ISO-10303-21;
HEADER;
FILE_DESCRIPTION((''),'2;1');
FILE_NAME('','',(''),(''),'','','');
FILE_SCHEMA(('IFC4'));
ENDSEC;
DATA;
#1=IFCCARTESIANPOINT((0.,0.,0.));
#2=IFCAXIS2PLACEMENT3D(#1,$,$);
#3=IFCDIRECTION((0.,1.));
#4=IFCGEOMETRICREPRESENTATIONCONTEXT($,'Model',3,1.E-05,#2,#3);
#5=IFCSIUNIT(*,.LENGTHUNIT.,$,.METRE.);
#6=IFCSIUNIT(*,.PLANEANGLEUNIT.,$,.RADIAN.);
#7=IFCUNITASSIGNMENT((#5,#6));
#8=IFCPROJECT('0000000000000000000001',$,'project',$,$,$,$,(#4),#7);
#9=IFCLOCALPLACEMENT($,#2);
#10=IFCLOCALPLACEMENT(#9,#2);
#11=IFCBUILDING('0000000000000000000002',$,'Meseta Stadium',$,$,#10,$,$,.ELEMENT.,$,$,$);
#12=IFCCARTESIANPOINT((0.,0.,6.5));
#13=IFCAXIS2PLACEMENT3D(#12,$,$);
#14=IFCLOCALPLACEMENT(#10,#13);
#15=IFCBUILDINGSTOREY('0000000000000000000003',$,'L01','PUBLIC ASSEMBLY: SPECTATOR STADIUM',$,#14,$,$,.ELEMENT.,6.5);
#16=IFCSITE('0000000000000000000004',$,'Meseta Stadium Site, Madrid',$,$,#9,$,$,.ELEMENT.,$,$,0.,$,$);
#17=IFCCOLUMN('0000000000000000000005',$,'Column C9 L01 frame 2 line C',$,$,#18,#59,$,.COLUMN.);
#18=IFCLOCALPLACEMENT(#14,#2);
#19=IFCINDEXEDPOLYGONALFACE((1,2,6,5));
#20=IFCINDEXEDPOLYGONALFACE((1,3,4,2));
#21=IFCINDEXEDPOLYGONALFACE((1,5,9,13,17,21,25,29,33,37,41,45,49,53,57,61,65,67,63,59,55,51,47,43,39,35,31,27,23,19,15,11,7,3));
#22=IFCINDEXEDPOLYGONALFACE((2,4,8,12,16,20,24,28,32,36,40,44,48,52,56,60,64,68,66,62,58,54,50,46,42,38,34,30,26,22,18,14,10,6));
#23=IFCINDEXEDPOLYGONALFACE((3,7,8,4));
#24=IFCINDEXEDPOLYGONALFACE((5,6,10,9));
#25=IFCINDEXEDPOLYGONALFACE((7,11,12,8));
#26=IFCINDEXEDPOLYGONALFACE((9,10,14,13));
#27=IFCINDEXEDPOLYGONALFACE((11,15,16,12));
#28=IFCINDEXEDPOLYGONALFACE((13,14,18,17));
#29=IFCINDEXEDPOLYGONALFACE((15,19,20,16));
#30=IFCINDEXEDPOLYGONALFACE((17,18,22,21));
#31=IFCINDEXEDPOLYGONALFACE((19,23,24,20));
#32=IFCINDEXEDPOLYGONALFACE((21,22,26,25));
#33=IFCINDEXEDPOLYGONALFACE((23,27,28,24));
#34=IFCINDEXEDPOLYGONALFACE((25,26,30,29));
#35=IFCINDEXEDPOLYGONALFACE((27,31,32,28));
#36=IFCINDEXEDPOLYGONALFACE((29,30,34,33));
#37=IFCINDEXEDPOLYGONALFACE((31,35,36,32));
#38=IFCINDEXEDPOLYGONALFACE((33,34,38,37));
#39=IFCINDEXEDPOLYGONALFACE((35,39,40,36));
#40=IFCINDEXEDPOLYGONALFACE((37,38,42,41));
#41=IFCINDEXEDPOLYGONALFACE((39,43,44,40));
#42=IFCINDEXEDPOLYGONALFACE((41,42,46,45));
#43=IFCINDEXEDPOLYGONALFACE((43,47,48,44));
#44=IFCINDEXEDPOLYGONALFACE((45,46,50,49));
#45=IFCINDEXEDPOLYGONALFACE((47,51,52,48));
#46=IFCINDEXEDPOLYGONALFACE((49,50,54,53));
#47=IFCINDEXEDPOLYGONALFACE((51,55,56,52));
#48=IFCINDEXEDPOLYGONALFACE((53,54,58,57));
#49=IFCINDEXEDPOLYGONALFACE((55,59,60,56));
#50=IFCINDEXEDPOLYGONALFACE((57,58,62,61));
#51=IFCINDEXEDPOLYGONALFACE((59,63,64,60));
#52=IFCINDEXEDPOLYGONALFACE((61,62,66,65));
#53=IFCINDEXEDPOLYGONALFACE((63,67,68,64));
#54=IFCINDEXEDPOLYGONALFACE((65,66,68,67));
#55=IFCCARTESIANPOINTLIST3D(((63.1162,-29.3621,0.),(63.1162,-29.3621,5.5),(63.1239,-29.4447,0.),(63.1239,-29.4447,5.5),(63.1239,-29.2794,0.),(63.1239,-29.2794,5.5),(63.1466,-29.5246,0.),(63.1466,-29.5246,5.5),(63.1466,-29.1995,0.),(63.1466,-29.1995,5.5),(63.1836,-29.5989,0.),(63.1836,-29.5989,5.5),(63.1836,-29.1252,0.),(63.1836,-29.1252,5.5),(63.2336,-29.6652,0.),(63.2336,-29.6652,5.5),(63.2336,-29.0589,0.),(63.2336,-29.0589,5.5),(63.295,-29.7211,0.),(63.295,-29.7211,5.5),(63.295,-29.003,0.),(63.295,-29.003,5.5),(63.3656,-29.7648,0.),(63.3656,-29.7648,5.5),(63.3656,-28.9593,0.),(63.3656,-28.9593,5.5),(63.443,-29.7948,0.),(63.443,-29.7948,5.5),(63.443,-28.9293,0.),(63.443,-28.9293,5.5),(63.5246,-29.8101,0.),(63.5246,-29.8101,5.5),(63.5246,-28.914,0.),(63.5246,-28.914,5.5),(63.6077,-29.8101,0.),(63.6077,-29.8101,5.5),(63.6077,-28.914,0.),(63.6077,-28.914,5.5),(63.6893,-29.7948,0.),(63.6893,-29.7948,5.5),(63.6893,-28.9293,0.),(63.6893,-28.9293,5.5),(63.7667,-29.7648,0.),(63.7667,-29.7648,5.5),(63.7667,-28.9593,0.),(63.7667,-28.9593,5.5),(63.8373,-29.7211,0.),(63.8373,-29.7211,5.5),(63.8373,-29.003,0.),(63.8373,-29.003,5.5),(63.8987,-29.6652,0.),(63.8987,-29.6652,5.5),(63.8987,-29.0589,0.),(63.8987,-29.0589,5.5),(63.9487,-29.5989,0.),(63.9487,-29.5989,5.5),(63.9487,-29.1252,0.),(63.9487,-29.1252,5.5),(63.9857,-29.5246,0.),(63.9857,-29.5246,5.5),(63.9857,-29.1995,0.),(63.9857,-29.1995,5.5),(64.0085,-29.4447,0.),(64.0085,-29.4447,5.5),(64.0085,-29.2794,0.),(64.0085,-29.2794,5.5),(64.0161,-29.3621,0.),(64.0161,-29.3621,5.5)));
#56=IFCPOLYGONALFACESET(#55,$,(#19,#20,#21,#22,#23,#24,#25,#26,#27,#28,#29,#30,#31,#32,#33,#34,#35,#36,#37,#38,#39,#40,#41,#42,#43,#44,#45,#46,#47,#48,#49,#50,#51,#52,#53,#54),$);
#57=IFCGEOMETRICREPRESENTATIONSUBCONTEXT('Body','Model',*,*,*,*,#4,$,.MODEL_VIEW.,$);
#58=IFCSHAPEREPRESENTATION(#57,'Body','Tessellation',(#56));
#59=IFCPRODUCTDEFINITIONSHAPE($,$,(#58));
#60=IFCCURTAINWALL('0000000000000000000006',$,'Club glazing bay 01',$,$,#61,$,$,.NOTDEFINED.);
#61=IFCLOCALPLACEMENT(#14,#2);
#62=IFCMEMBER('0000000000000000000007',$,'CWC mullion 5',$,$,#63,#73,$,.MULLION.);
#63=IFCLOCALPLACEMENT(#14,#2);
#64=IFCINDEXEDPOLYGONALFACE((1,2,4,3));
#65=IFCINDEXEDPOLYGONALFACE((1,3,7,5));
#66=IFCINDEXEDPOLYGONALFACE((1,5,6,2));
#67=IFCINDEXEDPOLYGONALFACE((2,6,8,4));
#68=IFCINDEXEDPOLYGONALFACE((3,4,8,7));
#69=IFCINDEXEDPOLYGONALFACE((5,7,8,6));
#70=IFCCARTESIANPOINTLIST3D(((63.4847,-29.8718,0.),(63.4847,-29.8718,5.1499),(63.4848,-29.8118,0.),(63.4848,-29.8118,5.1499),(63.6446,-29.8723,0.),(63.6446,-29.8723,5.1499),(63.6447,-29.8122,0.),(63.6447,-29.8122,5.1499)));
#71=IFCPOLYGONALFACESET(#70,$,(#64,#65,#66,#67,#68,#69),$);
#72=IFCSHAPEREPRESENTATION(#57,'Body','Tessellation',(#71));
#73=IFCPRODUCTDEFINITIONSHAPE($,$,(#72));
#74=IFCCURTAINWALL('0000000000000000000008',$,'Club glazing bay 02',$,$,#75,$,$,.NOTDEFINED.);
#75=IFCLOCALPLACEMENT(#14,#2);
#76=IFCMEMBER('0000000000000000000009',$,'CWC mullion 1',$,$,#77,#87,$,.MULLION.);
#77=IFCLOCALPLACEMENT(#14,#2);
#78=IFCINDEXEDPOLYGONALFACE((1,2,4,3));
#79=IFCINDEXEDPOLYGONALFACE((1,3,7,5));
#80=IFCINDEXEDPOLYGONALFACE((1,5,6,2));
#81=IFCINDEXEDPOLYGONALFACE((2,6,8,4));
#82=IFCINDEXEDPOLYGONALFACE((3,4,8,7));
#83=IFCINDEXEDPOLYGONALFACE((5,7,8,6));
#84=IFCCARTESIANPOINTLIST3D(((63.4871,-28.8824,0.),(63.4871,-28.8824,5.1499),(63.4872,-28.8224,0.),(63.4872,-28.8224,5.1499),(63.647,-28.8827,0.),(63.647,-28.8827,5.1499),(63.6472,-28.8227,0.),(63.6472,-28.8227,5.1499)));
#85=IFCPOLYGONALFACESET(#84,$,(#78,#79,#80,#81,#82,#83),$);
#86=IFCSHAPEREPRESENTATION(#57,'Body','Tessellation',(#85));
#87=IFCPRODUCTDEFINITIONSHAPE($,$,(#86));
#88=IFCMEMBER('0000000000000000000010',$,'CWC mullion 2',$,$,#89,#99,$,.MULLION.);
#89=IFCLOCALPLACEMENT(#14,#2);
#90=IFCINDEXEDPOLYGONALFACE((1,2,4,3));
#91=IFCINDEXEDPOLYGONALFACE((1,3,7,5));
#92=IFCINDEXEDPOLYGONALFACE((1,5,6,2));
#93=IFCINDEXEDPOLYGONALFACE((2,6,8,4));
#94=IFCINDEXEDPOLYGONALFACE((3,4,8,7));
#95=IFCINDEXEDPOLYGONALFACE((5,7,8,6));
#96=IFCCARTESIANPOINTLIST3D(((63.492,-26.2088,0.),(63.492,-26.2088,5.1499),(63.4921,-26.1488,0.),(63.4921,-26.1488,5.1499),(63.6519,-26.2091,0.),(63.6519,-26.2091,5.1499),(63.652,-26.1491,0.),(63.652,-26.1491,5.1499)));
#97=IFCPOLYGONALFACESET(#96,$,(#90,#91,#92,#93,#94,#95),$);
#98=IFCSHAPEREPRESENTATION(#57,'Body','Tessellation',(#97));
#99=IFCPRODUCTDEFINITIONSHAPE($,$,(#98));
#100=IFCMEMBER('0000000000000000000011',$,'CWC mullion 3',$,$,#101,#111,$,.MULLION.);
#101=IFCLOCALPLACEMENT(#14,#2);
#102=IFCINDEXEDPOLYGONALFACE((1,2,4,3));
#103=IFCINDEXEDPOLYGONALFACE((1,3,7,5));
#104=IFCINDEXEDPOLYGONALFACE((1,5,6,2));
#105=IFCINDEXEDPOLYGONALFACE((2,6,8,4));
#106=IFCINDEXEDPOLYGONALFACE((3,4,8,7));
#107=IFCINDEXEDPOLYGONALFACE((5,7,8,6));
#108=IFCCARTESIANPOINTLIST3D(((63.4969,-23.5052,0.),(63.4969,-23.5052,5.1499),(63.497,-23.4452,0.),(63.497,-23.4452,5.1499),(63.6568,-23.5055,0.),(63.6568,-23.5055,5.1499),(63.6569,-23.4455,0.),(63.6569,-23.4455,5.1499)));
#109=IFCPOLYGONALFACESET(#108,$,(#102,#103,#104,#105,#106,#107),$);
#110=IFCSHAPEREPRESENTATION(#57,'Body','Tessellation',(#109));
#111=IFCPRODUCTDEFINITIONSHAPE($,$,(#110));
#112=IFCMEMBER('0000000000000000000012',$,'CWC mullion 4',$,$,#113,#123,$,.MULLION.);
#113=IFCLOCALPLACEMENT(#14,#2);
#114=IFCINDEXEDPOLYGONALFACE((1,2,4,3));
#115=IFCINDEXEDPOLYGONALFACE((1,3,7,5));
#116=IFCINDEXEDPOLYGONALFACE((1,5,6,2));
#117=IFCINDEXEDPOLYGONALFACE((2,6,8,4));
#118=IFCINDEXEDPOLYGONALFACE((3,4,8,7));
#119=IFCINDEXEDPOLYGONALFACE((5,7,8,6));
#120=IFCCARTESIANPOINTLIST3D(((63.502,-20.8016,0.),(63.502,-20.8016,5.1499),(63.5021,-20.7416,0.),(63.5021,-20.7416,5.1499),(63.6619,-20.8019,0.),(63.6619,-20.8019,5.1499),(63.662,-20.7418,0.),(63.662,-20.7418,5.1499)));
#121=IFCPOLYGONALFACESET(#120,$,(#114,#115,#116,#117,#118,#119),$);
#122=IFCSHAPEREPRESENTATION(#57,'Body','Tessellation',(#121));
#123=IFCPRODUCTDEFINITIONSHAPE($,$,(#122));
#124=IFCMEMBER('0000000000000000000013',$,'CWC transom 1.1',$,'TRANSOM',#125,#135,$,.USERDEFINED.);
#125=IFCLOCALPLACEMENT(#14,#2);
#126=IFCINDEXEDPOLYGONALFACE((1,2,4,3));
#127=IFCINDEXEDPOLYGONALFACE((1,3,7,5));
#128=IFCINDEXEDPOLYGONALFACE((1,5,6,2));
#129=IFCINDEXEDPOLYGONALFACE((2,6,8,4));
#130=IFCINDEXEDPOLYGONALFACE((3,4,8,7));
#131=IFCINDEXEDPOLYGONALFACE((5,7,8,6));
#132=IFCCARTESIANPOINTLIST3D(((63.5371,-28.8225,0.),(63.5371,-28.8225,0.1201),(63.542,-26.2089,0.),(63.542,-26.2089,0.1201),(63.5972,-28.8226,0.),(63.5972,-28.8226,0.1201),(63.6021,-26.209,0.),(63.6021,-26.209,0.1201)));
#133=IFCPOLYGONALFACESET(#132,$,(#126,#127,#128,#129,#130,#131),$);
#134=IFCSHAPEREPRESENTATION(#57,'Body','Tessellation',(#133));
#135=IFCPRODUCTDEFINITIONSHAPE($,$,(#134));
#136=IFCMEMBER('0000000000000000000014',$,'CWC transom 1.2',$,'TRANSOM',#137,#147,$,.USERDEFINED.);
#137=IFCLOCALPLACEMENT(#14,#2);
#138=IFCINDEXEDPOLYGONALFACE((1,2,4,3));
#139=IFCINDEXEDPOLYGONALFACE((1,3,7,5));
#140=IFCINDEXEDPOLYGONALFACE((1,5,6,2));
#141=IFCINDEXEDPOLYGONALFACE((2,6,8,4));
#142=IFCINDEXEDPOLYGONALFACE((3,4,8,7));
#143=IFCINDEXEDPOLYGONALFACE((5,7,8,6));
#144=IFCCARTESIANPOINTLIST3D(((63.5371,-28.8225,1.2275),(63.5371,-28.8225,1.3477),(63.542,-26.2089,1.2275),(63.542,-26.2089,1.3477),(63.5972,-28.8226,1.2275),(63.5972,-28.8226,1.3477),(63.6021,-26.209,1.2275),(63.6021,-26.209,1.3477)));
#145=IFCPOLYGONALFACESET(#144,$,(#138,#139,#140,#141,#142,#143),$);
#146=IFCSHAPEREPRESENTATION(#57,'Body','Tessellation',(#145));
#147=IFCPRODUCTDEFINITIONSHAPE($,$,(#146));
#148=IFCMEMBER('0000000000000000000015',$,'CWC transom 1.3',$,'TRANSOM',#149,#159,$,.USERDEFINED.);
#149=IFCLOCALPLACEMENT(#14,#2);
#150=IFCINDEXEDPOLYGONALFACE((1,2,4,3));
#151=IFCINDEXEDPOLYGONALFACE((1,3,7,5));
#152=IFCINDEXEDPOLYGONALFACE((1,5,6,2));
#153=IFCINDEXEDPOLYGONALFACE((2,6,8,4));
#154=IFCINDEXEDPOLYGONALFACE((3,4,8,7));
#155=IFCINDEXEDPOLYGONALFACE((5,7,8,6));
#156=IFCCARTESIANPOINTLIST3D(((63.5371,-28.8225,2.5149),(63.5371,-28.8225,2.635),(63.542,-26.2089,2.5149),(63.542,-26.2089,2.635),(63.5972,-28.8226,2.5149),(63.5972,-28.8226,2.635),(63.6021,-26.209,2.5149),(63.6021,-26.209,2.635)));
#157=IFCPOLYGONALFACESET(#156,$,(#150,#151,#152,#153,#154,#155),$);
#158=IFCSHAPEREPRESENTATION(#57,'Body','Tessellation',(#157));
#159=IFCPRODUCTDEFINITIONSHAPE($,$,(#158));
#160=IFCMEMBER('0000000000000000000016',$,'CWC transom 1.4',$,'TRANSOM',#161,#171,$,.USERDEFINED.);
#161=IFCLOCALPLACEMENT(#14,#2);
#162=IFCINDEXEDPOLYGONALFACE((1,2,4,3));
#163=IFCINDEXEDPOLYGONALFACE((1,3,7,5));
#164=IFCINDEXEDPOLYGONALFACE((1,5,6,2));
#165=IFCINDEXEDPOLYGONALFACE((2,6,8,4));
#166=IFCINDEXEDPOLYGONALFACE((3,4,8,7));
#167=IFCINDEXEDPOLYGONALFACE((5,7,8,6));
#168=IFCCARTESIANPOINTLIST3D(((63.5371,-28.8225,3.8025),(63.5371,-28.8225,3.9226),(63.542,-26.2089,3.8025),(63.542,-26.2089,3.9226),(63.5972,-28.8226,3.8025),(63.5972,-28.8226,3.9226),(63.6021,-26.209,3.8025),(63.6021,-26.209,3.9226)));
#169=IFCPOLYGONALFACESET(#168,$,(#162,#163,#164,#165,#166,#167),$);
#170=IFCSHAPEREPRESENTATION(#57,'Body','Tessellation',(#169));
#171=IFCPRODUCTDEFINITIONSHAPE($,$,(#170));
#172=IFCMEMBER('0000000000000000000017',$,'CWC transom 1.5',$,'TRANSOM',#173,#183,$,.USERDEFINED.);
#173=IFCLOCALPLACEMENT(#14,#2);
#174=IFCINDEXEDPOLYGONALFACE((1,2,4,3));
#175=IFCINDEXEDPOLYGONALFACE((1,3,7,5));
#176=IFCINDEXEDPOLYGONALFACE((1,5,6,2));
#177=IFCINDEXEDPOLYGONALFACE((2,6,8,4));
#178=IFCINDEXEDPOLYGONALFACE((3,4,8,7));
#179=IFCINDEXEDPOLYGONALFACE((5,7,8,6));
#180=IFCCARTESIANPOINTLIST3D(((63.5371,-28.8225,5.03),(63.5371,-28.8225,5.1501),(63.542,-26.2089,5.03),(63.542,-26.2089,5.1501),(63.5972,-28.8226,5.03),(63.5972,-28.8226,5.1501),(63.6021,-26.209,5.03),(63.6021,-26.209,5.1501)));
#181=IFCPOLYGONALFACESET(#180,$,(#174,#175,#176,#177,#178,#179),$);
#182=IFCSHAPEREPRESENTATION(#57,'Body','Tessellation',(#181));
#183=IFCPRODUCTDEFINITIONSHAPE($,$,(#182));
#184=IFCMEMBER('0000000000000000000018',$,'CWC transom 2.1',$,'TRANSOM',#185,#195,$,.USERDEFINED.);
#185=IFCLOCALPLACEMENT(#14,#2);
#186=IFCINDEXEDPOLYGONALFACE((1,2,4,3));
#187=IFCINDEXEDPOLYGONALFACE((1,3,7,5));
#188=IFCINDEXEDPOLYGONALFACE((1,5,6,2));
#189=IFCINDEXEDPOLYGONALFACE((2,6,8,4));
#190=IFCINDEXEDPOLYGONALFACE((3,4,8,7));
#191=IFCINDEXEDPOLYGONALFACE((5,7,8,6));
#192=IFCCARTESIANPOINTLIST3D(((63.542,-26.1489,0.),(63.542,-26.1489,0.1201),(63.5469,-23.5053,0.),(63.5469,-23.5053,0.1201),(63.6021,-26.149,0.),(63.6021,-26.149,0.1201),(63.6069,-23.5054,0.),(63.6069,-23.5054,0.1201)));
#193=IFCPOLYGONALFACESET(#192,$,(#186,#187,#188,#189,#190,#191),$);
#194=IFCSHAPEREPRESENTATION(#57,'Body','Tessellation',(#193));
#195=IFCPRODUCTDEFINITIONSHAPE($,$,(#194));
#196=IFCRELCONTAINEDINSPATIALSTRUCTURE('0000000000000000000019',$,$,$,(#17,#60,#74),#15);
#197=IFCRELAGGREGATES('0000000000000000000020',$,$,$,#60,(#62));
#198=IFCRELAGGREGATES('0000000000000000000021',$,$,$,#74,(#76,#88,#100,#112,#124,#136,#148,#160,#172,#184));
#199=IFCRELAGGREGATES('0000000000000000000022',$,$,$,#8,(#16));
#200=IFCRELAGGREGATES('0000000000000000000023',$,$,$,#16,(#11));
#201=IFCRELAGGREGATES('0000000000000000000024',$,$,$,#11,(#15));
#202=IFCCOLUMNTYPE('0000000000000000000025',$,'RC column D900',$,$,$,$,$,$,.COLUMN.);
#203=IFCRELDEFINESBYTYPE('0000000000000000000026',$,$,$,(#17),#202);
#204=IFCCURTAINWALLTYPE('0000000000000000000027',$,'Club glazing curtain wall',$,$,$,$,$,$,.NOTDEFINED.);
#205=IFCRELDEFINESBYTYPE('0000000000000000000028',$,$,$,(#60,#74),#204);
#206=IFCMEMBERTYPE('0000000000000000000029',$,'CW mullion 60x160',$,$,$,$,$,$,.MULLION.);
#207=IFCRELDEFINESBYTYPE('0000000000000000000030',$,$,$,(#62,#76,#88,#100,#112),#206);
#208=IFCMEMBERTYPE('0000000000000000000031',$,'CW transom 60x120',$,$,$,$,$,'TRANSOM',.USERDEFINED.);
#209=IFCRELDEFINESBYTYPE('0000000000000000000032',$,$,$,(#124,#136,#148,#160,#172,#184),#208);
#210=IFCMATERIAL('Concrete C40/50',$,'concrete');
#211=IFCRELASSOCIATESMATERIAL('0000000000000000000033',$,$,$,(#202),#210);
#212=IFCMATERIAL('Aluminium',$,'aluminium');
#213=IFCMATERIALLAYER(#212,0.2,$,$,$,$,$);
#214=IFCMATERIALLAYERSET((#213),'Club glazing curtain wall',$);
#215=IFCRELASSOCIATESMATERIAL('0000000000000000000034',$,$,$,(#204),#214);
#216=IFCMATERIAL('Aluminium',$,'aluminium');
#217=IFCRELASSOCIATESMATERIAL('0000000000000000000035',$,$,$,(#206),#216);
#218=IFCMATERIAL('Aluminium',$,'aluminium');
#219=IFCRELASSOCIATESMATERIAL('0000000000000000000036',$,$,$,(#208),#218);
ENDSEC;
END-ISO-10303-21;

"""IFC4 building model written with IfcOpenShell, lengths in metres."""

from ifc_helpers import new_model, si_unit, direction, frame, origin, origin_2d, place, context, subcontext, project, spatial, rectangle, circle, extrude, material, layer, layer_set, material_profile, profile_set, type_object, element, aggregate, save


model = new_model("IFC4")

# Units and contexts
model_context = context("Model", 3, precision=1e-05, world=origin(), true_north=direction((0.0, 1.0)))
body_context = subcontext(model_context, "Body", "Model", "MODEL_VIEW")
ifc_project = project(units=[si_unit("LENGTHUNIT", "METRE"), si_unit("PLANEANGLEUNIT", "RADIAN")], contexts=[model_context])

# Site, building, storey
site_placement = place(None, origin())
site = spatial("IfcSite", under=ifc_project, at=site_placement, Name="Meseta Stadium Site, Madrid", CompositionType="ELEMENT", RefElevation=0.0)
building_placement = place(site_placement, origin())
building = spatial("IfcBuilding", under=site, at=building_placement, Name="Meseta Stadium", CompositionType="ELEMENT")
storey_placement = place(building_placement, frame((0.0, 0.0, 6.5)))
storey = spatial("IfcBuildingStorey", under=building, at=storey_placement, Name="L01", Description="PUBLIC ASSEMBLY: SPECTATOR STADIUM", CompositionType="ELEMENT", Elevation=6.5)

# Column
ifc_material_1 = material(Name="Concrete C40/50", Category="concrete")
ifc_material_profile_1 = material_profile(ifc_material_1, circle(Radius=0.45, at=origin_2d()), Name="RC D900")
ifc_profile_set_1 = profile_set([ifc_material_profile_1], Name="Concrete C40/50")
column_type = type_object("IfcColumnType", Name="RC column D900", PredefinedType="COLUMN", material=ifc_profile_set_1)
column_placement = place(storey_placement, frame((63.5662, -29.3621, 0.0), z_axis=(0.0, 0.0, 1.0), x_axis=(1.0, 0.0, 0.0)))
element("IfcColumn", 1, at=column_placement, inside=storey, type_object=column_type, Name="Column C9 L01 frame 2 line C", PredefinedType="COLUMN", context=body_context, shape_type="SweptSolid", body=[
    extrude(circle(Radius=0.45, at=origin_2d()), origin(), (0.0, 0.0, 1.0), 5.5),
])

# Curtain wall, member
ifc_material_2 = material(Name="Aluminium", Category="aluminium")
ifc_layer_1 = layer(ifc_material_2, 0.2)
ifc_layer_set_1 = layer_set([ifc_layer_1], Name="Club glazing curtain wall")
curtain_wall_type = type_object("IfcCurtainWallType", Name="Club glazing curtain wall", PredefinedType="NOTDEFINED", material=ifc_layer_set_1)
curtain_wall_1_placement = place(storey_placement, origin())
curtain_wall_1 = element("IfcCurtainWall", 2, at=curtain_wall_1_placement, inside=storey, type_object=curtain_wall_type, Name="Club glazing bay 01", PredefinedType="NOTDEFINED")
ifc_material_3 = material(Name="Aluminium", Category="aluminium")
ifc_material_profile_2 = material_profile(ifc_material_3, rectangle(XDim=0.1599, YDim=0.0601, at=origin_2d()), Name="CW 160x60")
ifc_profile_set_2 = profile_set([ifc_material_profile_2], Name="Aluminium")
member_type_1 = type_object("IfcMemberType", Name="CW mullion 60x160", PredefinedType="MULLION", material=ifc_profile_set_2)
member_1_placement = place(storey_placement, frame((63.5647, -29.842, 0.0), z_axis=(0.0, 0.0, 1.0), x_axis=(-0.999996, 0.002758, 0.0)))
member_1 = element("IfcMember", 3, at=member_1_placement, type_object=member_type_1, Name="CWC mullion 5", PredefinedType="MULLION", context=body_context, shape_type="SweptSolid", body=[
    extrude(rectangle(XDim=0.1599, YDim=0.0601, at=origin_2d()), origin(), (0.0, 0.0, 1.0), 5.1499),
])
aggregate(curtain_wall_1, [member_1])

# Curtain wall, members
curtain_wall_2_placement = place(storey_placement, origin())
curtain_wall_2 = element("IfcCurtainWall", 4, at=curtain_wall_2_placement, inside=storey, type_object=curtain_wall_type, Name="Club glazing bay 02", PredefinedType="NOTDEFINED")
member_2_placement = place(storey_placement, frame((63.5671, -28.8525, 0.0), z_axis=(0.0, 0.0, 1.0), x_axis=(-0.999998, 0.001845, 0.0)))
member_2 = element("IfcMember", 5, at=member_2_placement, type_object=member_type_1, Name="CWC mullion 1", PredefinedType="MULLION", context=body_context, shape_type="SweptSolid", body=[
    extrude(rectangle(XDim=0.1599, YDim=0.0601, at=origin_2d()), origin(), (0.0, 0.0, 1.0), 5.1499),
])
member_3_placement = place(storey_placement, frame((63.572, -26.179, 0.0), z_axis=(0.0, 0.0, 1.0), x_axis=(-0.999998, 0.001845, 0.0)))
member_3 = element("IfcMember", 6, at=member_3_placement, type_object=member_type_1, Name="CWC mullion 2", PredefinedType="MULLION", context=body_context, shape_type="SweptSolid", body=[
    extrude(rectangle(XDim=0.1599, YDim=0.0601, at=origin_2d()), origin(), (0.0, 0.0, 1.0), 5.1499),
])
member_4_placement = place(storey_placement, frame((63.5769, -23.4753, 0.0), z_axis=(0.0, 0.0, 1.0), x_axis=(-0.999998, 0.001845, 0.0)))
member_4 = element("IfcMember", 7, at=member_4_placement, type_object=member_type_1, Name="CWC mullion 3", PredefinedType="MULLION", context=body_context, shape_type="SweptSolid", body=[
    extrude(rectangle(XDim=0.1599, YDim=0.0601, at=origin_2d()), origin(), (0.0, 0.0, 1.0), 5.1499),
])
member_5_placement = place(storey_placement, frame((63.582, -20.7717, 0.0), z_axis=(0.0, 0.0, 1.0), x_axis=(-0.999998, 0.001845, 0.0)))
member_5 = element("IfcMember", 8, at=member_5_placement, type_object=member_type_1, Name="CWC mullion 4", PredefinedType="MULLION", context=body_context, shape_type="SweptSolid", body=[
    extrude(rectangle(XDim=0.1599, YDim=0.0601, at=origin_2d()), origin(), (0.0, 0.0, 1.0), 5.1499),
])
ifc_material_4 = material(Name="Aluminium", Category="aluminium")
ifc_material_profile_3 = material_profile(ifc_material_4, rectangle(XDim=0.0601, YDim=0.1201, at=origin_2d()), Name="CW 60x120")
ifc_profile_set_3 = profile_set([ifc_material_profile_3], Name="Aluminium")
member_type_2 = type_object("IfcMemberType", Name="CW transom 60x120", ElementType="TRANSOM", PredefinedType="USERDEFINED", material=ifc_profile_set_3)
member_6_placement = place(storey_placement, frame((63.5671, -28.8225, 0.0601), z_axis=(0.001868, 0.999998, 0.0), x_axis=(-0.999998, 0.001868, 0.0)))
member_6 = element("IfcMember", 9, at=member_6_placement, type_object=member_type_2, Name="CWC transom 1.1", ObjectType="TRANSOM", PredefinedType="USERDEFINED", context=body_context, shape_type="SweptSolid", body=[
    extrude(rectangle(XDim=0.0601, YDim=0.1201, at=origin_2d()), origin(), (0.0, 0.0, 1.0), 2.6135),
])
member_7_placement = place(storey_placement, frame((63.5671, -28.8225, 1.2876), z_axis=(0.001868, 0.999998, 0.0), x_axis=(-0.999998, 0.001868, 0.0)))
member_7 = element("IfcMember", 10, at=member_7_placement, type_object=member_type_2, Name="CWC transom 1.2", ObjectType="TRANSOM", PredefinedType="USERDEFINED", context=body_context, shape_type="SweptSolid", body=[
    extrude(rectangle(XDim=0.0601, YDim=0.1201, at=origin_2d()), origin(), (0.0, 0.0, 1.0), 2.6135),
])
member_8_placement = place(storey_placement, frame((63.5671, -28.8225, 2.575), z_axis=(0.001868, 0.999998, 0.0), x_axis=(-0.999998, 0.001868, 0.0)))
member_8 = element("IfcMember", 11, at=member_8_placement, type_object=member_type_2, Name="CWC transom 1.3", ObjectType="TRANSOM", PredefinedType="USERDEFINED", context=body_context, shape_type="SweptSolid", body=[
    extrude(rectangle(XDim=0.0601, YDim=0.1201, at=origin_2d()), origin(), (0.0, 0.0, 1.0), 2.6135),
])
member_9_placement = place(storey_placement, frame((63.5671, -28.8225, 3.8625), z_axis=(0.001868, 0.999998, 0.0), x_axis=(-0.999998, 0.001868, 0.0)))
member_9 = element("IfcMember", 12, at=member_9_placement, type_object=member_type_2, Name="CWC transom 1.4", ObjectType="TRANSOM", PredefinedType="USERDEFINED", context=body_context, shape_type="SweptSolid", body=[
    extrude(rectangle(XDim=0.0601, YDim=0.1201, at=origin_2d()), origin(), (0.0, 0.0, 1.0), 2.6135),
])
member_10_placement = place(storey_placement, frame((63.5671, -28.8225, 5.0901), z_axis=(0.001868, 0.999998, 0.0), x_axis=(-0.999998, 0.001868, 0.0)))
member_10 = element("IfcMember", 13, at=member_10_placement, type_object=member_type_2, Name="CWC transom 1.5", ObjectType="TRANSOM", PredefinedType="USERDEFINED", context=body_context, shape_type="SweptSolid", body=[
    extrude(rectangle(XDim=0.0601, YDim=0.1201, at=origin_2d()), origin(), (0.0, 0.0, 1.0), 2.6135),
])
member_11_placement = place(storey_placement, frame((63.572, -26.1489, 0.0601), z_axis=(0.001847, 0.999998, 0.0), x_axis=(-0.999998, 0.001847, 0.0)))
member_11 = element("IfcMember", 14, at=member_11_placement, type_object=member_type_2, Name="CWC transom 2.1", ObjectType="TRANSOM", PredefinedType="USERDEFINED", context=body_context, shape_type="SweptSolid", body=[
    extrude(rectangle(XDim=0.0601, YDim=0.1201, at=origin_2d()), origin(), (0.0, 0.0, 1.0), 2.6436),
])

aggregate(curtain_wall_2, [member_2, member_3, member_4, member_5, member_6, member_7, member_8, member_9, member_10, member_11])

save(model, "model.ifc")
